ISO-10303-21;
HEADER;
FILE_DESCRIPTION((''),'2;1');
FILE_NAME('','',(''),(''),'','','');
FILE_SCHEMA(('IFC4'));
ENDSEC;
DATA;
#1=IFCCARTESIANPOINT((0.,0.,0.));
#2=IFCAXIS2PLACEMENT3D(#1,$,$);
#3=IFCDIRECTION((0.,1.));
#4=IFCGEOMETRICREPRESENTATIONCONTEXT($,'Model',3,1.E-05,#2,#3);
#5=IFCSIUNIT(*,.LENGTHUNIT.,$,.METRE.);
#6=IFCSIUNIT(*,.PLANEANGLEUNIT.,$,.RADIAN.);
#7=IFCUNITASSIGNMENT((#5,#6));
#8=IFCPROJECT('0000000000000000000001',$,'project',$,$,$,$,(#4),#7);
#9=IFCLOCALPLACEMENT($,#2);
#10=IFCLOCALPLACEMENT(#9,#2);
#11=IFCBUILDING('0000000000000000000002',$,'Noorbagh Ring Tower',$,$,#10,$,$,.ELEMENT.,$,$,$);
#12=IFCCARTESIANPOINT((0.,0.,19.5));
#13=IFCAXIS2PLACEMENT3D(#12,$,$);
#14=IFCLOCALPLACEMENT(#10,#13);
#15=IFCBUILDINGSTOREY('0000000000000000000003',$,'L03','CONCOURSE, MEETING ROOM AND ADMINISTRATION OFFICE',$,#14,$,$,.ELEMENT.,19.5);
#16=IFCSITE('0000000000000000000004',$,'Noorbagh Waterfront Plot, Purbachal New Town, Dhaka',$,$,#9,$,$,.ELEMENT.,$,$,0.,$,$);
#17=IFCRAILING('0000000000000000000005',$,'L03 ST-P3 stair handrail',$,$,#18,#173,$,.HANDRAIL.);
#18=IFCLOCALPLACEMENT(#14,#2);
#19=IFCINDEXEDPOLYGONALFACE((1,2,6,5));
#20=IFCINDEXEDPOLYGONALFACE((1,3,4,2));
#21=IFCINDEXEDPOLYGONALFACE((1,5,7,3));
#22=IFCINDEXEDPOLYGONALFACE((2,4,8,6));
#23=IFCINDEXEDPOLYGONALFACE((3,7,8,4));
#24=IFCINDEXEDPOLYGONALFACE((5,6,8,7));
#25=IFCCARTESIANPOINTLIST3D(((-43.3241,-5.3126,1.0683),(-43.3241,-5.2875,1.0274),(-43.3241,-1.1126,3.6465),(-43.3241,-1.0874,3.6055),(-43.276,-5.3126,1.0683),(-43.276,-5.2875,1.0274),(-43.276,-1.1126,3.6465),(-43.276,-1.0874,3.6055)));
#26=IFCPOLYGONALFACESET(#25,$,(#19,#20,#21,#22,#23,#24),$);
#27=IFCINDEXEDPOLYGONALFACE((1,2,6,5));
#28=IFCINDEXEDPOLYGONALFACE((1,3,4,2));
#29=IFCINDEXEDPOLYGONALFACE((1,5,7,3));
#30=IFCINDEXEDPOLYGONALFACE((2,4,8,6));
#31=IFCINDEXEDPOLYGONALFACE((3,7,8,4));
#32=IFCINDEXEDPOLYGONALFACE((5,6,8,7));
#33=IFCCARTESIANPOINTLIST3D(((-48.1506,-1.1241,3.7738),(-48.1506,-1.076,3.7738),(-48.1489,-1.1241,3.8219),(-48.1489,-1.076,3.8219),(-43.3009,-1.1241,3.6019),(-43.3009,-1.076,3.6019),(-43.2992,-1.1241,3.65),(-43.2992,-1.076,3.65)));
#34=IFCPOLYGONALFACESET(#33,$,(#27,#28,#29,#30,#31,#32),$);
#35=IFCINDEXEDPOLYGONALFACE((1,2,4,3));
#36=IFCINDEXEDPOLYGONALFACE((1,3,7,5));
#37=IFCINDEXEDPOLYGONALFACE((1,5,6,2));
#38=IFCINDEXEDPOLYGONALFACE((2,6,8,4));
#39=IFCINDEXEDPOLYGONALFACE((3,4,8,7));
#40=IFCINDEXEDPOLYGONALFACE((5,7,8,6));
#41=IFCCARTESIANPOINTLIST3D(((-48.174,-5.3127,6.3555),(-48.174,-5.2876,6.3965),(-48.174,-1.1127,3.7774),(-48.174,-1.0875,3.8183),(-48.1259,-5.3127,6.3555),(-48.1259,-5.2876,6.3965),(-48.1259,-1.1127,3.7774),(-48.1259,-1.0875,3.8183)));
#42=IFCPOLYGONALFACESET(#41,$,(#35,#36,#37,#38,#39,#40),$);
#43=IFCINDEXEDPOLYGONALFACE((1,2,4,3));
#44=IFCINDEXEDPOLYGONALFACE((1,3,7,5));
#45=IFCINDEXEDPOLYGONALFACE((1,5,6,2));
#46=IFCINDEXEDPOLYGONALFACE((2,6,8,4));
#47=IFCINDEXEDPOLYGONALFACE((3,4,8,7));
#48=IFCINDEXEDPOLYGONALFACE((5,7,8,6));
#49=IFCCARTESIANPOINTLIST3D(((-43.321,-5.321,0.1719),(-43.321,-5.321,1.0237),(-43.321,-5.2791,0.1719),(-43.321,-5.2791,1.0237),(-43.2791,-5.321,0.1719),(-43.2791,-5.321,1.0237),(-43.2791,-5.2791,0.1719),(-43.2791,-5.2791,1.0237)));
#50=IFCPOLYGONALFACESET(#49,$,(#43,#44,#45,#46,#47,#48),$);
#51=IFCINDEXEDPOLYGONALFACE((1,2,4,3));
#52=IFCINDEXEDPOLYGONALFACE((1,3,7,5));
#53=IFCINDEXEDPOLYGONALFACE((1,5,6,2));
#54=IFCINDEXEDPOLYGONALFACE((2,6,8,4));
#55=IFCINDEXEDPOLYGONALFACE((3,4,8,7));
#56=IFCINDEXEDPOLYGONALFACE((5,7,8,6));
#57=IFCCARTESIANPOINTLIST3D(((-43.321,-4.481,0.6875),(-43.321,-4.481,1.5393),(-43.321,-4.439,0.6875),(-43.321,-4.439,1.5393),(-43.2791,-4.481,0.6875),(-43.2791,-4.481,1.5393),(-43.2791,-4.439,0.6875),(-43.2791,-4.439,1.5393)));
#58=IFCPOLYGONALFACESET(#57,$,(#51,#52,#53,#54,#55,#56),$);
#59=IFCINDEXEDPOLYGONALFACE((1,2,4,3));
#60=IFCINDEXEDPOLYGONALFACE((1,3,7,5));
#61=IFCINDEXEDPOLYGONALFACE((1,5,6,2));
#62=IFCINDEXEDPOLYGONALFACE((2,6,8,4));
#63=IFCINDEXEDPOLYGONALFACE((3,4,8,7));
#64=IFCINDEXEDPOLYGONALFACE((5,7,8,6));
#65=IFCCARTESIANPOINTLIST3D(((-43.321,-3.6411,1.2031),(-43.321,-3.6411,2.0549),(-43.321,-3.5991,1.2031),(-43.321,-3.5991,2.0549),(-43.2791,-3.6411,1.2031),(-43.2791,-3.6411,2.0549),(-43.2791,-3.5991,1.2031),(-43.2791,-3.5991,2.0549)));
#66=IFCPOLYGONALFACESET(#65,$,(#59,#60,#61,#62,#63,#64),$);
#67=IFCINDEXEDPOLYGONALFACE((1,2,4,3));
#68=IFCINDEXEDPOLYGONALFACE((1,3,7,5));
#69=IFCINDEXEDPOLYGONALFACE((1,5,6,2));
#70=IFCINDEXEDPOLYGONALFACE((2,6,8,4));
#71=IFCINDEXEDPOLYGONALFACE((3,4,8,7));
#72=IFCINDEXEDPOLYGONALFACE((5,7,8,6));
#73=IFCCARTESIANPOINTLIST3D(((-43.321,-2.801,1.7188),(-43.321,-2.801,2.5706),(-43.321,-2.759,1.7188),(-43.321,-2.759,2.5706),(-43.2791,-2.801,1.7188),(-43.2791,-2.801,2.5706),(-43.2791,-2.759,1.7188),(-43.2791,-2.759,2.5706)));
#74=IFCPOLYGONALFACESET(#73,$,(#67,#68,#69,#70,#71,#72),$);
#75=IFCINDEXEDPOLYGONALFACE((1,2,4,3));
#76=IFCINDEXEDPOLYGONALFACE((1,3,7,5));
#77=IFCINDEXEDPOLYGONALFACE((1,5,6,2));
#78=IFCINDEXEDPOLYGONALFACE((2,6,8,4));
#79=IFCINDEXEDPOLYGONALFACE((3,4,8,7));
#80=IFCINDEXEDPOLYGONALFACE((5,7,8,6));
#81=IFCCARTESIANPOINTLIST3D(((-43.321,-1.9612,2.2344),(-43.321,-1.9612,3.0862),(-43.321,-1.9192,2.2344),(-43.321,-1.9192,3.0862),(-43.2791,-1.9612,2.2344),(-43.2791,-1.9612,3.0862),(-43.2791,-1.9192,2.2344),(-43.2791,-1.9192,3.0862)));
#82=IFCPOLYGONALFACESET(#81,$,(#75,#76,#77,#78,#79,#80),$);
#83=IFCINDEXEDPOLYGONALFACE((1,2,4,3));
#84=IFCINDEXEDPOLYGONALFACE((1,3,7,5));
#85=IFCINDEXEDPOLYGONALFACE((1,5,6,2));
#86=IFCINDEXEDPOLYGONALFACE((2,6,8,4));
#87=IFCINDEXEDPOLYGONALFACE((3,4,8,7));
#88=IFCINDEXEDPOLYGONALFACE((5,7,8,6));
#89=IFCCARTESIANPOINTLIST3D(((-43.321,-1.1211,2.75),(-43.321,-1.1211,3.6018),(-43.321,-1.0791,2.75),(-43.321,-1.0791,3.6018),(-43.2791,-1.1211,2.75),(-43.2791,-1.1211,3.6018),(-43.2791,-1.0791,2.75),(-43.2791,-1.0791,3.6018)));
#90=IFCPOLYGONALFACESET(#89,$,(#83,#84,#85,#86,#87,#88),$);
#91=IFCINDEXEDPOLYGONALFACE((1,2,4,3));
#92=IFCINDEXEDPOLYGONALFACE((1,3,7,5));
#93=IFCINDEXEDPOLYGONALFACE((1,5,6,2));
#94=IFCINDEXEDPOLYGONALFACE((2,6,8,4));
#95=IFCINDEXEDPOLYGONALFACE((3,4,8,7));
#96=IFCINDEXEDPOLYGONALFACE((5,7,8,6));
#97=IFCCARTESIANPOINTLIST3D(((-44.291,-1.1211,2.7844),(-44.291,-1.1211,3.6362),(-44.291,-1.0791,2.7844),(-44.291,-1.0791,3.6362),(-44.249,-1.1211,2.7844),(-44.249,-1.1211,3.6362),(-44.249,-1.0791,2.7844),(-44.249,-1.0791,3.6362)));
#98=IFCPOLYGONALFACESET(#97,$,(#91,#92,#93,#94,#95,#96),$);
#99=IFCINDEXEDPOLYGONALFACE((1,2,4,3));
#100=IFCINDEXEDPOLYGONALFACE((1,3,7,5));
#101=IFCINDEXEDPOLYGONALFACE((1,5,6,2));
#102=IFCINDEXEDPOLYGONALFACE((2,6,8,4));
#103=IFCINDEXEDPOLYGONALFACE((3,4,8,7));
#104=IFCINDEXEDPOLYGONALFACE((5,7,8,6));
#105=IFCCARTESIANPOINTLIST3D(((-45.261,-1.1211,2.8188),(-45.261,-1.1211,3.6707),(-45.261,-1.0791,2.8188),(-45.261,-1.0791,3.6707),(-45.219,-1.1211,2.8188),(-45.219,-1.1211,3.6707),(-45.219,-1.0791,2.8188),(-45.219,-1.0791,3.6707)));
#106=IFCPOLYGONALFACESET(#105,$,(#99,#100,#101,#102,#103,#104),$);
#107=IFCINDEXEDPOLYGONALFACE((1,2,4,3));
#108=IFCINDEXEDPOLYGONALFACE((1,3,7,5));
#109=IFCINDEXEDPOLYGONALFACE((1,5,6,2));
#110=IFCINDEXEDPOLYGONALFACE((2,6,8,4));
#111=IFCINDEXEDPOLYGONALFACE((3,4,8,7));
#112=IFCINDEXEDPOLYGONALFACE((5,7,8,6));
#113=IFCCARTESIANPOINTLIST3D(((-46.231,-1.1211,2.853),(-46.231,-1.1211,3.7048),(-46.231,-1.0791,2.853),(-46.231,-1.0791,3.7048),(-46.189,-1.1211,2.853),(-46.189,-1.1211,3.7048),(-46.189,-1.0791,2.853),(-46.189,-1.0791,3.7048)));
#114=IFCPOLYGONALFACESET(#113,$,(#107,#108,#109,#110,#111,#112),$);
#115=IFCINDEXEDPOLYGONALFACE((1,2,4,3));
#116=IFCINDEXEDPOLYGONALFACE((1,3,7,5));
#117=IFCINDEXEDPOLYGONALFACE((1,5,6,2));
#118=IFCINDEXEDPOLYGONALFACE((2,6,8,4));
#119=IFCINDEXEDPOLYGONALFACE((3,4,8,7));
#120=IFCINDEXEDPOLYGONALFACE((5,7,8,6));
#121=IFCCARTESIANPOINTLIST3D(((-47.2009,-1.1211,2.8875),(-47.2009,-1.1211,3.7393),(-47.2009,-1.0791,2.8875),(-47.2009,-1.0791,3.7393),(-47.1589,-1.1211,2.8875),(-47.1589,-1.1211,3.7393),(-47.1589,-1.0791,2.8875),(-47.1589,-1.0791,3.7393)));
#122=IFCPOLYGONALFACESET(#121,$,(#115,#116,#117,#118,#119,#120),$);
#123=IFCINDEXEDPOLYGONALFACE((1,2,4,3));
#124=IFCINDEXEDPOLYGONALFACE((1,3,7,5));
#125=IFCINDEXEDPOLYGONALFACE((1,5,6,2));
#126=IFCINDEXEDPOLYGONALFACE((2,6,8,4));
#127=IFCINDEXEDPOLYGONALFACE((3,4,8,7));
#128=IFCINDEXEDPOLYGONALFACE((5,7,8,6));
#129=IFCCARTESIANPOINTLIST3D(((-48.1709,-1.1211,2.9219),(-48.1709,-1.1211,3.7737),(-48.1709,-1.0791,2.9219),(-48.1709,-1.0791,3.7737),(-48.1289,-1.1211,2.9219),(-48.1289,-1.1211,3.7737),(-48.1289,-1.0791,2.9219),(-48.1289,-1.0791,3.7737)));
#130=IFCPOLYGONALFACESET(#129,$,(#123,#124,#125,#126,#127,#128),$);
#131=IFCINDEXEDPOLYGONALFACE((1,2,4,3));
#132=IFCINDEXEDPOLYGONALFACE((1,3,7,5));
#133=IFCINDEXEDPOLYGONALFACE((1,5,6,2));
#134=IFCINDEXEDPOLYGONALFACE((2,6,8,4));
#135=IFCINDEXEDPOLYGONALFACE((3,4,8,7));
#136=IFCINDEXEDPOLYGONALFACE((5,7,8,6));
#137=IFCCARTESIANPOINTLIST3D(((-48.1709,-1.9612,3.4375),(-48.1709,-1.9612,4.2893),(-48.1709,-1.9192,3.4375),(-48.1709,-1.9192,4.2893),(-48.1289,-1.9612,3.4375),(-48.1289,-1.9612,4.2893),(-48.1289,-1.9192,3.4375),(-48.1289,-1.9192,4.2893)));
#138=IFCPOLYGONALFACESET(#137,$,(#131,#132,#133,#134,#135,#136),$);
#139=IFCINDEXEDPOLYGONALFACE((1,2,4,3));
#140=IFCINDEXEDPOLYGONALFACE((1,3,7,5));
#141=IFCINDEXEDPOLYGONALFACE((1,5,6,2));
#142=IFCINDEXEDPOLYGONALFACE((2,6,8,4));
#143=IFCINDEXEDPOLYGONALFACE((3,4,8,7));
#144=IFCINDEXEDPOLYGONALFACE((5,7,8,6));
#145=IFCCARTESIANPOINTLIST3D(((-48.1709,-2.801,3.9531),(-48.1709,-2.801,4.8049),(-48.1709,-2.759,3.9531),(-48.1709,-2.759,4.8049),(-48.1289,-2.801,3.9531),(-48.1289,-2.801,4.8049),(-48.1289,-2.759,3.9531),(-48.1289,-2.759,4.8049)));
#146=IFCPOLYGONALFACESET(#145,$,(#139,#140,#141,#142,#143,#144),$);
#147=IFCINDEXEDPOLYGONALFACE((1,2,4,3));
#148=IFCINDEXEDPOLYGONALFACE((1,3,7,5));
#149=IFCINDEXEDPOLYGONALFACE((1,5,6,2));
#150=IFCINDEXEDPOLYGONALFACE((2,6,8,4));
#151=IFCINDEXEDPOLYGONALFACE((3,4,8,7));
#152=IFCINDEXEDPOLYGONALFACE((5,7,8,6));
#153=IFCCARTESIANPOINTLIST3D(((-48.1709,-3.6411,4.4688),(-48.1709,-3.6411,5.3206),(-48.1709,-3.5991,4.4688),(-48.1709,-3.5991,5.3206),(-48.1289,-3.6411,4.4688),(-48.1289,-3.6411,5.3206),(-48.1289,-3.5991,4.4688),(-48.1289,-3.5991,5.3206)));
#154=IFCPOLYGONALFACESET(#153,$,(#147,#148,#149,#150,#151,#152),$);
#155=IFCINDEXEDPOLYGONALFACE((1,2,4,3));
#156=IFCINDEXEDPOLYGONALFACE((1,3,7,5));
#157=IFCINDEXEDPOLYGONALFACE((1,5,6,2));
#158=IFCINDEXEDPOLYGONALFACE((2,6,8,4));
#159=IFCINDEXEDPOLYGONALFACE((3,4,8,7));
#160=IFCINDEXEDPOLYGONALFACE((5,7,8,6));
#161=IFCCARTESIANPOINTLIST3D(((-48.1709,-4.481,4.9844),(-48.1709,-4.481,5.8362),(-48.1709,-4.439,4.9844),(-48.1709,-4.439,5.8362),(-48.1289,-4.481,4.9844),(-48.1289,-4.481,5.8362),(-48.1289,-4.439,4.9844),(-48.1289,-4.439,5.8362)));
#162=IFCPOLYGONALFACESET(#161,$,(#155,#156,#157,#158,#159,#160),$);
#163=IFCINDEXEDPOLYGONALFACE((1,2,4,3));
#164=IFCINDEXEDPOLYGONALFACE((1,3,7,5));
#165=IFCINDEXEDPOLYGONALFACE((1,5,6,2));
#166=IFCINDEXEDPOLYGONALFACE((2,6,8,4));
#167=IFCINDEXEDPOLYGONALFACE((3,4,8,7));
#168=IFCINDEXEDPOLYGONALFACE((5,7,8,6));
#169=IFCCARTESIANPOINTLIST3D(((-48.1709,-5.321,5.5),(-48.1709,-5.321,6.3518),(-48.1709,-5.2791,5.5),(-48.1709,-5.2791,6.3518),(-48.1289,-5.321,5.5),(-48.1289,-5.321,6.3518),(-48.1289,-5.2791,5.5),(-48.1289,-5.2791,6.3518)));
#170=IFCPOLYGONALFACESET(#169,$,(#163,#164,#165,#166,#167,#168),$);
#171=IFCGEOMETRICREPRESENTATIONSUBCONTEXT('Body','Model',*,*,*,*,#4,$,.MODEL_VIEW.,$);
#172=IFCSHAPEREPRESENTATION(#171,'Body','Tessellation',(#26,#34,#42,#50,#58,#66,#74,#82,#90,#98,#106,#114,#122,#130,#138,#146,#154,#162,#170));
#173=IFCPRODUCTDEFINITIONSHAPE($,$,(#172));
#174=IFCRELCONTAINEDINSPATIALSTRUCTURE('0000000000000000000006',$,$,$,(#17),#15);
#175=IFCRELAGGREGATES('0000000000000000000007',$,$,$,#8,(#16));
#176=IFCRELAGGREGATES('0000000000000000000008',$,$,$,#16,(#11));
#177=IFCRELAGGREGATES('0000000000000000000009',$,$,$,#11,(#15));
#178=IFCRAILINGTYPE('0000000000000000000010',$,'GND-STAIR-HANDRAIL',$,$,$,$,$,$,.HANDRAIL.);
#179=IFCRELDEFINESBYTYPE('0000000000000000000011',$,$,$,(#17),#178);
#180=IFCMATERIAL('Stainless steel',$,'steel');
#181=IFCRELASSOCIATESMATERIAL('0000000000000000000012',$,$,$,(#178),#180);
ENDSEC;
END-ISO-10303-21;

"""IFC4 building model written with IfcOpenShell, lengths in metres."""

from ifc_helpers import new_model, si_unit, direction, frame, origin, origin_2d, place, context, subcontext, project, spatial, rectangle, extrude, material, type_object, element, save


model = new_model("IFC4")

# Units and contexts
model_context = context("Model", 3, precision=1e-05, world=origin(), true_north=direction((0.0, 1.0)))
body_context = subcontext(model_context, "Body", "Model", "MODEL_VIEW")
ifc_project = project(units=[si_unit("LENGTHUNIT", "METRE"), si_unit("PLANEANGLEUNIT", "RADIAN")], contexts=[model_context])

# Site, building, storey
site_placement = place(None, origin())
site = spatial("IfcSite", under=ifc_project, at=site_placement, Name="Noorbagh Waterfront Plot, Purbachal New Town, Dhaka", CompositionType="ELEMENT", RefElevation=0.0)
building_placement = place(site_placement, origin())
building = spatial("IfcBuilding", under=site, at=building_placement, Name="Noorbagh Ring Tower", CompositionType="ELEMENT")
storey_placement = place(building_placement, frame((0.0, 0.0, 19.5)))
storey = spatial("IfcBuildingStorey", under=building, at=storey_placement, Name="L03", Description="CONCOURSE, MEETING ROOM AND ADMINISTRATION OFFICE", CompositionType="ELEMENT", Elevation=19.5)

# Railing
ifc_material_1 = material(Name="Stainless steel", Category="steel")
railing_type_1 = type_object("IfcRailingType", Name="GND-STAIR-HANDRAIL", PredefinedType="HANDRAIL", material=ifc_material_1)
railing_1_placement = place(storey_placement, frame((-43.3, -5.3, 0.1719)))
element("IfcRailing", 1, at=railing_1_placement, inside=storey, type_object=railing_type_1, Name="L03 ST-P3 stair handrail", PredefinedType="HANDRAIL", context=body_context, shape_type="SweptSolid", body=[
    extrude(rectangle(XDim=0.0481, YDim=0.0481, at=origin_2d()), frame((0.0, 0.0, 0.876), z_axis=(0.0, 0.852243, 0.523146), x_axis=(-1.0, 0.0, 0.0)), (0.0, 0.0, 1.0), 4.9282),
    extrude(rectangle(XDim=0.0481, YDim=0.0481, at=origin_2d()), frame((0.0, 4.2, 3.4541), z_axis=(-0.999373, 0.0, 0.035417), x_axis=(0.0, -1.0, 0.0)), (0.0, 0.0, 1.0), 4.8528),
    extrude(rectangle(XDim=0.0481, YDim=0.0481, at=origin_2d()), frame((-4.8499, 4.2, 3.626), z_axis=(0.0, -0.852243, 0.523146), x_axis=(1.0, 0.0, 0.0)), (0.0, 0.0, 1.0), 4.9282),
    extrude(rectangle(XDim=0.042, YDim=0.042, at=origin_2d()), origin(), (0.0, 0.0, 1.0), 0.8518),
    extrude(rectangle(XDim=0.042, YDim=0.042, at=origin_2d()), frame((0.0, 0.8401, 0.5156)), (0.0, 0.0, 1.0), 0.8518),
    extrude(rectangle(XDim=0.042, YDim=0.042, at=origin_2d()), frame((0.0, 1.6799, 1.0312)), (0.0, 0.0, 1.0), 0.8518),
    extrude(rectangle(XDim=0.042, YDim=0.042, at=origin_2d()), frame((0.0, 2.52, 1.5469)), (0.0, 0.0, 1.0), 0.8518),
    extrude(rectangle(XDim=0.042, YDim=0.042, at=origin_2d()), frame((0.0, 3.3599, 2.0625)), (0.0, 0.0, 1.0), 0.8518),
    extrude(rectangle(XDim=0.042, YDim=0.042, at=origin_2d()), frame((0.0, 4.2, 2.5781)), (0.0, 0.0, 1.0), 0.8518),
    extrude(rectangle(XDim=0.042, YDim=0.042, at=origin_2d()), frame((-0.97, 4.2, 2.6125)), (0.0, 0.0, 1.0), 0.8518),
    extrude(rectangle(XDim=0.042, YDim=0.042, at=origin_2d()), frame((-1.9399, 4.2, 2.647)), (0.0, 0.0, 1.0), 0.8518),
    extrude(rectangle(XDim=0.042, YDim=0.042, at=origin_2d()), frame((-2.9099, 4.2, 2.6812)), (0.0, 0.0, 1.0), 0.8518),
    extrude(rectangle(XDim=0.042, YDim=0.042, at=origin_2d()), frame((-3.8799, 4.2, 2.7156)), (0.0, 0.0, 1.0), 0.8518),
    extrude(rectangle(XDim=0.042, YDim=0.042, at=origin_2d()), frame((-4.8499, 4.2, 2.75)), (0.0, 0.0, 1.0), 0.8518),
    extrude(rectangle(XDim=0.042, YDim=0.042, at=origin_2d()), frame((-4.8499, 3.3599, 3.2656)), (0.0, 0.0, 1.0), 0.8518),
    extrude(rectangle(XDim=0.042, YDim=0.042, at=origin_2d()), frame((-4.8499, 2.52, 3.7812)), (0.0, 0.0, 1.0), 0.8518),
    extrude(rectangle(XDim=0.042, YDim=0.042, at=origin_2d()), frame((-4.8499, 1.6799, 4.2969)), (0.0, 0.0, 1.0), 0.8518),
    extrude(rectangle(XDim=0.042, YDim=0.042, at=origin_2d()), frame((-4.8499, 0.8401, 4.8125)), (0.0, 0.0, 1.0), 0.8518),
    extrude(rectangle(XDim=0.042, YDim=0.042, at=origin_2d()), frame((-4.8499, 0.0, 5.3281)), (0.0, 0.0, 1.0), 0.8518),
])

save(model, "model.ifc")
